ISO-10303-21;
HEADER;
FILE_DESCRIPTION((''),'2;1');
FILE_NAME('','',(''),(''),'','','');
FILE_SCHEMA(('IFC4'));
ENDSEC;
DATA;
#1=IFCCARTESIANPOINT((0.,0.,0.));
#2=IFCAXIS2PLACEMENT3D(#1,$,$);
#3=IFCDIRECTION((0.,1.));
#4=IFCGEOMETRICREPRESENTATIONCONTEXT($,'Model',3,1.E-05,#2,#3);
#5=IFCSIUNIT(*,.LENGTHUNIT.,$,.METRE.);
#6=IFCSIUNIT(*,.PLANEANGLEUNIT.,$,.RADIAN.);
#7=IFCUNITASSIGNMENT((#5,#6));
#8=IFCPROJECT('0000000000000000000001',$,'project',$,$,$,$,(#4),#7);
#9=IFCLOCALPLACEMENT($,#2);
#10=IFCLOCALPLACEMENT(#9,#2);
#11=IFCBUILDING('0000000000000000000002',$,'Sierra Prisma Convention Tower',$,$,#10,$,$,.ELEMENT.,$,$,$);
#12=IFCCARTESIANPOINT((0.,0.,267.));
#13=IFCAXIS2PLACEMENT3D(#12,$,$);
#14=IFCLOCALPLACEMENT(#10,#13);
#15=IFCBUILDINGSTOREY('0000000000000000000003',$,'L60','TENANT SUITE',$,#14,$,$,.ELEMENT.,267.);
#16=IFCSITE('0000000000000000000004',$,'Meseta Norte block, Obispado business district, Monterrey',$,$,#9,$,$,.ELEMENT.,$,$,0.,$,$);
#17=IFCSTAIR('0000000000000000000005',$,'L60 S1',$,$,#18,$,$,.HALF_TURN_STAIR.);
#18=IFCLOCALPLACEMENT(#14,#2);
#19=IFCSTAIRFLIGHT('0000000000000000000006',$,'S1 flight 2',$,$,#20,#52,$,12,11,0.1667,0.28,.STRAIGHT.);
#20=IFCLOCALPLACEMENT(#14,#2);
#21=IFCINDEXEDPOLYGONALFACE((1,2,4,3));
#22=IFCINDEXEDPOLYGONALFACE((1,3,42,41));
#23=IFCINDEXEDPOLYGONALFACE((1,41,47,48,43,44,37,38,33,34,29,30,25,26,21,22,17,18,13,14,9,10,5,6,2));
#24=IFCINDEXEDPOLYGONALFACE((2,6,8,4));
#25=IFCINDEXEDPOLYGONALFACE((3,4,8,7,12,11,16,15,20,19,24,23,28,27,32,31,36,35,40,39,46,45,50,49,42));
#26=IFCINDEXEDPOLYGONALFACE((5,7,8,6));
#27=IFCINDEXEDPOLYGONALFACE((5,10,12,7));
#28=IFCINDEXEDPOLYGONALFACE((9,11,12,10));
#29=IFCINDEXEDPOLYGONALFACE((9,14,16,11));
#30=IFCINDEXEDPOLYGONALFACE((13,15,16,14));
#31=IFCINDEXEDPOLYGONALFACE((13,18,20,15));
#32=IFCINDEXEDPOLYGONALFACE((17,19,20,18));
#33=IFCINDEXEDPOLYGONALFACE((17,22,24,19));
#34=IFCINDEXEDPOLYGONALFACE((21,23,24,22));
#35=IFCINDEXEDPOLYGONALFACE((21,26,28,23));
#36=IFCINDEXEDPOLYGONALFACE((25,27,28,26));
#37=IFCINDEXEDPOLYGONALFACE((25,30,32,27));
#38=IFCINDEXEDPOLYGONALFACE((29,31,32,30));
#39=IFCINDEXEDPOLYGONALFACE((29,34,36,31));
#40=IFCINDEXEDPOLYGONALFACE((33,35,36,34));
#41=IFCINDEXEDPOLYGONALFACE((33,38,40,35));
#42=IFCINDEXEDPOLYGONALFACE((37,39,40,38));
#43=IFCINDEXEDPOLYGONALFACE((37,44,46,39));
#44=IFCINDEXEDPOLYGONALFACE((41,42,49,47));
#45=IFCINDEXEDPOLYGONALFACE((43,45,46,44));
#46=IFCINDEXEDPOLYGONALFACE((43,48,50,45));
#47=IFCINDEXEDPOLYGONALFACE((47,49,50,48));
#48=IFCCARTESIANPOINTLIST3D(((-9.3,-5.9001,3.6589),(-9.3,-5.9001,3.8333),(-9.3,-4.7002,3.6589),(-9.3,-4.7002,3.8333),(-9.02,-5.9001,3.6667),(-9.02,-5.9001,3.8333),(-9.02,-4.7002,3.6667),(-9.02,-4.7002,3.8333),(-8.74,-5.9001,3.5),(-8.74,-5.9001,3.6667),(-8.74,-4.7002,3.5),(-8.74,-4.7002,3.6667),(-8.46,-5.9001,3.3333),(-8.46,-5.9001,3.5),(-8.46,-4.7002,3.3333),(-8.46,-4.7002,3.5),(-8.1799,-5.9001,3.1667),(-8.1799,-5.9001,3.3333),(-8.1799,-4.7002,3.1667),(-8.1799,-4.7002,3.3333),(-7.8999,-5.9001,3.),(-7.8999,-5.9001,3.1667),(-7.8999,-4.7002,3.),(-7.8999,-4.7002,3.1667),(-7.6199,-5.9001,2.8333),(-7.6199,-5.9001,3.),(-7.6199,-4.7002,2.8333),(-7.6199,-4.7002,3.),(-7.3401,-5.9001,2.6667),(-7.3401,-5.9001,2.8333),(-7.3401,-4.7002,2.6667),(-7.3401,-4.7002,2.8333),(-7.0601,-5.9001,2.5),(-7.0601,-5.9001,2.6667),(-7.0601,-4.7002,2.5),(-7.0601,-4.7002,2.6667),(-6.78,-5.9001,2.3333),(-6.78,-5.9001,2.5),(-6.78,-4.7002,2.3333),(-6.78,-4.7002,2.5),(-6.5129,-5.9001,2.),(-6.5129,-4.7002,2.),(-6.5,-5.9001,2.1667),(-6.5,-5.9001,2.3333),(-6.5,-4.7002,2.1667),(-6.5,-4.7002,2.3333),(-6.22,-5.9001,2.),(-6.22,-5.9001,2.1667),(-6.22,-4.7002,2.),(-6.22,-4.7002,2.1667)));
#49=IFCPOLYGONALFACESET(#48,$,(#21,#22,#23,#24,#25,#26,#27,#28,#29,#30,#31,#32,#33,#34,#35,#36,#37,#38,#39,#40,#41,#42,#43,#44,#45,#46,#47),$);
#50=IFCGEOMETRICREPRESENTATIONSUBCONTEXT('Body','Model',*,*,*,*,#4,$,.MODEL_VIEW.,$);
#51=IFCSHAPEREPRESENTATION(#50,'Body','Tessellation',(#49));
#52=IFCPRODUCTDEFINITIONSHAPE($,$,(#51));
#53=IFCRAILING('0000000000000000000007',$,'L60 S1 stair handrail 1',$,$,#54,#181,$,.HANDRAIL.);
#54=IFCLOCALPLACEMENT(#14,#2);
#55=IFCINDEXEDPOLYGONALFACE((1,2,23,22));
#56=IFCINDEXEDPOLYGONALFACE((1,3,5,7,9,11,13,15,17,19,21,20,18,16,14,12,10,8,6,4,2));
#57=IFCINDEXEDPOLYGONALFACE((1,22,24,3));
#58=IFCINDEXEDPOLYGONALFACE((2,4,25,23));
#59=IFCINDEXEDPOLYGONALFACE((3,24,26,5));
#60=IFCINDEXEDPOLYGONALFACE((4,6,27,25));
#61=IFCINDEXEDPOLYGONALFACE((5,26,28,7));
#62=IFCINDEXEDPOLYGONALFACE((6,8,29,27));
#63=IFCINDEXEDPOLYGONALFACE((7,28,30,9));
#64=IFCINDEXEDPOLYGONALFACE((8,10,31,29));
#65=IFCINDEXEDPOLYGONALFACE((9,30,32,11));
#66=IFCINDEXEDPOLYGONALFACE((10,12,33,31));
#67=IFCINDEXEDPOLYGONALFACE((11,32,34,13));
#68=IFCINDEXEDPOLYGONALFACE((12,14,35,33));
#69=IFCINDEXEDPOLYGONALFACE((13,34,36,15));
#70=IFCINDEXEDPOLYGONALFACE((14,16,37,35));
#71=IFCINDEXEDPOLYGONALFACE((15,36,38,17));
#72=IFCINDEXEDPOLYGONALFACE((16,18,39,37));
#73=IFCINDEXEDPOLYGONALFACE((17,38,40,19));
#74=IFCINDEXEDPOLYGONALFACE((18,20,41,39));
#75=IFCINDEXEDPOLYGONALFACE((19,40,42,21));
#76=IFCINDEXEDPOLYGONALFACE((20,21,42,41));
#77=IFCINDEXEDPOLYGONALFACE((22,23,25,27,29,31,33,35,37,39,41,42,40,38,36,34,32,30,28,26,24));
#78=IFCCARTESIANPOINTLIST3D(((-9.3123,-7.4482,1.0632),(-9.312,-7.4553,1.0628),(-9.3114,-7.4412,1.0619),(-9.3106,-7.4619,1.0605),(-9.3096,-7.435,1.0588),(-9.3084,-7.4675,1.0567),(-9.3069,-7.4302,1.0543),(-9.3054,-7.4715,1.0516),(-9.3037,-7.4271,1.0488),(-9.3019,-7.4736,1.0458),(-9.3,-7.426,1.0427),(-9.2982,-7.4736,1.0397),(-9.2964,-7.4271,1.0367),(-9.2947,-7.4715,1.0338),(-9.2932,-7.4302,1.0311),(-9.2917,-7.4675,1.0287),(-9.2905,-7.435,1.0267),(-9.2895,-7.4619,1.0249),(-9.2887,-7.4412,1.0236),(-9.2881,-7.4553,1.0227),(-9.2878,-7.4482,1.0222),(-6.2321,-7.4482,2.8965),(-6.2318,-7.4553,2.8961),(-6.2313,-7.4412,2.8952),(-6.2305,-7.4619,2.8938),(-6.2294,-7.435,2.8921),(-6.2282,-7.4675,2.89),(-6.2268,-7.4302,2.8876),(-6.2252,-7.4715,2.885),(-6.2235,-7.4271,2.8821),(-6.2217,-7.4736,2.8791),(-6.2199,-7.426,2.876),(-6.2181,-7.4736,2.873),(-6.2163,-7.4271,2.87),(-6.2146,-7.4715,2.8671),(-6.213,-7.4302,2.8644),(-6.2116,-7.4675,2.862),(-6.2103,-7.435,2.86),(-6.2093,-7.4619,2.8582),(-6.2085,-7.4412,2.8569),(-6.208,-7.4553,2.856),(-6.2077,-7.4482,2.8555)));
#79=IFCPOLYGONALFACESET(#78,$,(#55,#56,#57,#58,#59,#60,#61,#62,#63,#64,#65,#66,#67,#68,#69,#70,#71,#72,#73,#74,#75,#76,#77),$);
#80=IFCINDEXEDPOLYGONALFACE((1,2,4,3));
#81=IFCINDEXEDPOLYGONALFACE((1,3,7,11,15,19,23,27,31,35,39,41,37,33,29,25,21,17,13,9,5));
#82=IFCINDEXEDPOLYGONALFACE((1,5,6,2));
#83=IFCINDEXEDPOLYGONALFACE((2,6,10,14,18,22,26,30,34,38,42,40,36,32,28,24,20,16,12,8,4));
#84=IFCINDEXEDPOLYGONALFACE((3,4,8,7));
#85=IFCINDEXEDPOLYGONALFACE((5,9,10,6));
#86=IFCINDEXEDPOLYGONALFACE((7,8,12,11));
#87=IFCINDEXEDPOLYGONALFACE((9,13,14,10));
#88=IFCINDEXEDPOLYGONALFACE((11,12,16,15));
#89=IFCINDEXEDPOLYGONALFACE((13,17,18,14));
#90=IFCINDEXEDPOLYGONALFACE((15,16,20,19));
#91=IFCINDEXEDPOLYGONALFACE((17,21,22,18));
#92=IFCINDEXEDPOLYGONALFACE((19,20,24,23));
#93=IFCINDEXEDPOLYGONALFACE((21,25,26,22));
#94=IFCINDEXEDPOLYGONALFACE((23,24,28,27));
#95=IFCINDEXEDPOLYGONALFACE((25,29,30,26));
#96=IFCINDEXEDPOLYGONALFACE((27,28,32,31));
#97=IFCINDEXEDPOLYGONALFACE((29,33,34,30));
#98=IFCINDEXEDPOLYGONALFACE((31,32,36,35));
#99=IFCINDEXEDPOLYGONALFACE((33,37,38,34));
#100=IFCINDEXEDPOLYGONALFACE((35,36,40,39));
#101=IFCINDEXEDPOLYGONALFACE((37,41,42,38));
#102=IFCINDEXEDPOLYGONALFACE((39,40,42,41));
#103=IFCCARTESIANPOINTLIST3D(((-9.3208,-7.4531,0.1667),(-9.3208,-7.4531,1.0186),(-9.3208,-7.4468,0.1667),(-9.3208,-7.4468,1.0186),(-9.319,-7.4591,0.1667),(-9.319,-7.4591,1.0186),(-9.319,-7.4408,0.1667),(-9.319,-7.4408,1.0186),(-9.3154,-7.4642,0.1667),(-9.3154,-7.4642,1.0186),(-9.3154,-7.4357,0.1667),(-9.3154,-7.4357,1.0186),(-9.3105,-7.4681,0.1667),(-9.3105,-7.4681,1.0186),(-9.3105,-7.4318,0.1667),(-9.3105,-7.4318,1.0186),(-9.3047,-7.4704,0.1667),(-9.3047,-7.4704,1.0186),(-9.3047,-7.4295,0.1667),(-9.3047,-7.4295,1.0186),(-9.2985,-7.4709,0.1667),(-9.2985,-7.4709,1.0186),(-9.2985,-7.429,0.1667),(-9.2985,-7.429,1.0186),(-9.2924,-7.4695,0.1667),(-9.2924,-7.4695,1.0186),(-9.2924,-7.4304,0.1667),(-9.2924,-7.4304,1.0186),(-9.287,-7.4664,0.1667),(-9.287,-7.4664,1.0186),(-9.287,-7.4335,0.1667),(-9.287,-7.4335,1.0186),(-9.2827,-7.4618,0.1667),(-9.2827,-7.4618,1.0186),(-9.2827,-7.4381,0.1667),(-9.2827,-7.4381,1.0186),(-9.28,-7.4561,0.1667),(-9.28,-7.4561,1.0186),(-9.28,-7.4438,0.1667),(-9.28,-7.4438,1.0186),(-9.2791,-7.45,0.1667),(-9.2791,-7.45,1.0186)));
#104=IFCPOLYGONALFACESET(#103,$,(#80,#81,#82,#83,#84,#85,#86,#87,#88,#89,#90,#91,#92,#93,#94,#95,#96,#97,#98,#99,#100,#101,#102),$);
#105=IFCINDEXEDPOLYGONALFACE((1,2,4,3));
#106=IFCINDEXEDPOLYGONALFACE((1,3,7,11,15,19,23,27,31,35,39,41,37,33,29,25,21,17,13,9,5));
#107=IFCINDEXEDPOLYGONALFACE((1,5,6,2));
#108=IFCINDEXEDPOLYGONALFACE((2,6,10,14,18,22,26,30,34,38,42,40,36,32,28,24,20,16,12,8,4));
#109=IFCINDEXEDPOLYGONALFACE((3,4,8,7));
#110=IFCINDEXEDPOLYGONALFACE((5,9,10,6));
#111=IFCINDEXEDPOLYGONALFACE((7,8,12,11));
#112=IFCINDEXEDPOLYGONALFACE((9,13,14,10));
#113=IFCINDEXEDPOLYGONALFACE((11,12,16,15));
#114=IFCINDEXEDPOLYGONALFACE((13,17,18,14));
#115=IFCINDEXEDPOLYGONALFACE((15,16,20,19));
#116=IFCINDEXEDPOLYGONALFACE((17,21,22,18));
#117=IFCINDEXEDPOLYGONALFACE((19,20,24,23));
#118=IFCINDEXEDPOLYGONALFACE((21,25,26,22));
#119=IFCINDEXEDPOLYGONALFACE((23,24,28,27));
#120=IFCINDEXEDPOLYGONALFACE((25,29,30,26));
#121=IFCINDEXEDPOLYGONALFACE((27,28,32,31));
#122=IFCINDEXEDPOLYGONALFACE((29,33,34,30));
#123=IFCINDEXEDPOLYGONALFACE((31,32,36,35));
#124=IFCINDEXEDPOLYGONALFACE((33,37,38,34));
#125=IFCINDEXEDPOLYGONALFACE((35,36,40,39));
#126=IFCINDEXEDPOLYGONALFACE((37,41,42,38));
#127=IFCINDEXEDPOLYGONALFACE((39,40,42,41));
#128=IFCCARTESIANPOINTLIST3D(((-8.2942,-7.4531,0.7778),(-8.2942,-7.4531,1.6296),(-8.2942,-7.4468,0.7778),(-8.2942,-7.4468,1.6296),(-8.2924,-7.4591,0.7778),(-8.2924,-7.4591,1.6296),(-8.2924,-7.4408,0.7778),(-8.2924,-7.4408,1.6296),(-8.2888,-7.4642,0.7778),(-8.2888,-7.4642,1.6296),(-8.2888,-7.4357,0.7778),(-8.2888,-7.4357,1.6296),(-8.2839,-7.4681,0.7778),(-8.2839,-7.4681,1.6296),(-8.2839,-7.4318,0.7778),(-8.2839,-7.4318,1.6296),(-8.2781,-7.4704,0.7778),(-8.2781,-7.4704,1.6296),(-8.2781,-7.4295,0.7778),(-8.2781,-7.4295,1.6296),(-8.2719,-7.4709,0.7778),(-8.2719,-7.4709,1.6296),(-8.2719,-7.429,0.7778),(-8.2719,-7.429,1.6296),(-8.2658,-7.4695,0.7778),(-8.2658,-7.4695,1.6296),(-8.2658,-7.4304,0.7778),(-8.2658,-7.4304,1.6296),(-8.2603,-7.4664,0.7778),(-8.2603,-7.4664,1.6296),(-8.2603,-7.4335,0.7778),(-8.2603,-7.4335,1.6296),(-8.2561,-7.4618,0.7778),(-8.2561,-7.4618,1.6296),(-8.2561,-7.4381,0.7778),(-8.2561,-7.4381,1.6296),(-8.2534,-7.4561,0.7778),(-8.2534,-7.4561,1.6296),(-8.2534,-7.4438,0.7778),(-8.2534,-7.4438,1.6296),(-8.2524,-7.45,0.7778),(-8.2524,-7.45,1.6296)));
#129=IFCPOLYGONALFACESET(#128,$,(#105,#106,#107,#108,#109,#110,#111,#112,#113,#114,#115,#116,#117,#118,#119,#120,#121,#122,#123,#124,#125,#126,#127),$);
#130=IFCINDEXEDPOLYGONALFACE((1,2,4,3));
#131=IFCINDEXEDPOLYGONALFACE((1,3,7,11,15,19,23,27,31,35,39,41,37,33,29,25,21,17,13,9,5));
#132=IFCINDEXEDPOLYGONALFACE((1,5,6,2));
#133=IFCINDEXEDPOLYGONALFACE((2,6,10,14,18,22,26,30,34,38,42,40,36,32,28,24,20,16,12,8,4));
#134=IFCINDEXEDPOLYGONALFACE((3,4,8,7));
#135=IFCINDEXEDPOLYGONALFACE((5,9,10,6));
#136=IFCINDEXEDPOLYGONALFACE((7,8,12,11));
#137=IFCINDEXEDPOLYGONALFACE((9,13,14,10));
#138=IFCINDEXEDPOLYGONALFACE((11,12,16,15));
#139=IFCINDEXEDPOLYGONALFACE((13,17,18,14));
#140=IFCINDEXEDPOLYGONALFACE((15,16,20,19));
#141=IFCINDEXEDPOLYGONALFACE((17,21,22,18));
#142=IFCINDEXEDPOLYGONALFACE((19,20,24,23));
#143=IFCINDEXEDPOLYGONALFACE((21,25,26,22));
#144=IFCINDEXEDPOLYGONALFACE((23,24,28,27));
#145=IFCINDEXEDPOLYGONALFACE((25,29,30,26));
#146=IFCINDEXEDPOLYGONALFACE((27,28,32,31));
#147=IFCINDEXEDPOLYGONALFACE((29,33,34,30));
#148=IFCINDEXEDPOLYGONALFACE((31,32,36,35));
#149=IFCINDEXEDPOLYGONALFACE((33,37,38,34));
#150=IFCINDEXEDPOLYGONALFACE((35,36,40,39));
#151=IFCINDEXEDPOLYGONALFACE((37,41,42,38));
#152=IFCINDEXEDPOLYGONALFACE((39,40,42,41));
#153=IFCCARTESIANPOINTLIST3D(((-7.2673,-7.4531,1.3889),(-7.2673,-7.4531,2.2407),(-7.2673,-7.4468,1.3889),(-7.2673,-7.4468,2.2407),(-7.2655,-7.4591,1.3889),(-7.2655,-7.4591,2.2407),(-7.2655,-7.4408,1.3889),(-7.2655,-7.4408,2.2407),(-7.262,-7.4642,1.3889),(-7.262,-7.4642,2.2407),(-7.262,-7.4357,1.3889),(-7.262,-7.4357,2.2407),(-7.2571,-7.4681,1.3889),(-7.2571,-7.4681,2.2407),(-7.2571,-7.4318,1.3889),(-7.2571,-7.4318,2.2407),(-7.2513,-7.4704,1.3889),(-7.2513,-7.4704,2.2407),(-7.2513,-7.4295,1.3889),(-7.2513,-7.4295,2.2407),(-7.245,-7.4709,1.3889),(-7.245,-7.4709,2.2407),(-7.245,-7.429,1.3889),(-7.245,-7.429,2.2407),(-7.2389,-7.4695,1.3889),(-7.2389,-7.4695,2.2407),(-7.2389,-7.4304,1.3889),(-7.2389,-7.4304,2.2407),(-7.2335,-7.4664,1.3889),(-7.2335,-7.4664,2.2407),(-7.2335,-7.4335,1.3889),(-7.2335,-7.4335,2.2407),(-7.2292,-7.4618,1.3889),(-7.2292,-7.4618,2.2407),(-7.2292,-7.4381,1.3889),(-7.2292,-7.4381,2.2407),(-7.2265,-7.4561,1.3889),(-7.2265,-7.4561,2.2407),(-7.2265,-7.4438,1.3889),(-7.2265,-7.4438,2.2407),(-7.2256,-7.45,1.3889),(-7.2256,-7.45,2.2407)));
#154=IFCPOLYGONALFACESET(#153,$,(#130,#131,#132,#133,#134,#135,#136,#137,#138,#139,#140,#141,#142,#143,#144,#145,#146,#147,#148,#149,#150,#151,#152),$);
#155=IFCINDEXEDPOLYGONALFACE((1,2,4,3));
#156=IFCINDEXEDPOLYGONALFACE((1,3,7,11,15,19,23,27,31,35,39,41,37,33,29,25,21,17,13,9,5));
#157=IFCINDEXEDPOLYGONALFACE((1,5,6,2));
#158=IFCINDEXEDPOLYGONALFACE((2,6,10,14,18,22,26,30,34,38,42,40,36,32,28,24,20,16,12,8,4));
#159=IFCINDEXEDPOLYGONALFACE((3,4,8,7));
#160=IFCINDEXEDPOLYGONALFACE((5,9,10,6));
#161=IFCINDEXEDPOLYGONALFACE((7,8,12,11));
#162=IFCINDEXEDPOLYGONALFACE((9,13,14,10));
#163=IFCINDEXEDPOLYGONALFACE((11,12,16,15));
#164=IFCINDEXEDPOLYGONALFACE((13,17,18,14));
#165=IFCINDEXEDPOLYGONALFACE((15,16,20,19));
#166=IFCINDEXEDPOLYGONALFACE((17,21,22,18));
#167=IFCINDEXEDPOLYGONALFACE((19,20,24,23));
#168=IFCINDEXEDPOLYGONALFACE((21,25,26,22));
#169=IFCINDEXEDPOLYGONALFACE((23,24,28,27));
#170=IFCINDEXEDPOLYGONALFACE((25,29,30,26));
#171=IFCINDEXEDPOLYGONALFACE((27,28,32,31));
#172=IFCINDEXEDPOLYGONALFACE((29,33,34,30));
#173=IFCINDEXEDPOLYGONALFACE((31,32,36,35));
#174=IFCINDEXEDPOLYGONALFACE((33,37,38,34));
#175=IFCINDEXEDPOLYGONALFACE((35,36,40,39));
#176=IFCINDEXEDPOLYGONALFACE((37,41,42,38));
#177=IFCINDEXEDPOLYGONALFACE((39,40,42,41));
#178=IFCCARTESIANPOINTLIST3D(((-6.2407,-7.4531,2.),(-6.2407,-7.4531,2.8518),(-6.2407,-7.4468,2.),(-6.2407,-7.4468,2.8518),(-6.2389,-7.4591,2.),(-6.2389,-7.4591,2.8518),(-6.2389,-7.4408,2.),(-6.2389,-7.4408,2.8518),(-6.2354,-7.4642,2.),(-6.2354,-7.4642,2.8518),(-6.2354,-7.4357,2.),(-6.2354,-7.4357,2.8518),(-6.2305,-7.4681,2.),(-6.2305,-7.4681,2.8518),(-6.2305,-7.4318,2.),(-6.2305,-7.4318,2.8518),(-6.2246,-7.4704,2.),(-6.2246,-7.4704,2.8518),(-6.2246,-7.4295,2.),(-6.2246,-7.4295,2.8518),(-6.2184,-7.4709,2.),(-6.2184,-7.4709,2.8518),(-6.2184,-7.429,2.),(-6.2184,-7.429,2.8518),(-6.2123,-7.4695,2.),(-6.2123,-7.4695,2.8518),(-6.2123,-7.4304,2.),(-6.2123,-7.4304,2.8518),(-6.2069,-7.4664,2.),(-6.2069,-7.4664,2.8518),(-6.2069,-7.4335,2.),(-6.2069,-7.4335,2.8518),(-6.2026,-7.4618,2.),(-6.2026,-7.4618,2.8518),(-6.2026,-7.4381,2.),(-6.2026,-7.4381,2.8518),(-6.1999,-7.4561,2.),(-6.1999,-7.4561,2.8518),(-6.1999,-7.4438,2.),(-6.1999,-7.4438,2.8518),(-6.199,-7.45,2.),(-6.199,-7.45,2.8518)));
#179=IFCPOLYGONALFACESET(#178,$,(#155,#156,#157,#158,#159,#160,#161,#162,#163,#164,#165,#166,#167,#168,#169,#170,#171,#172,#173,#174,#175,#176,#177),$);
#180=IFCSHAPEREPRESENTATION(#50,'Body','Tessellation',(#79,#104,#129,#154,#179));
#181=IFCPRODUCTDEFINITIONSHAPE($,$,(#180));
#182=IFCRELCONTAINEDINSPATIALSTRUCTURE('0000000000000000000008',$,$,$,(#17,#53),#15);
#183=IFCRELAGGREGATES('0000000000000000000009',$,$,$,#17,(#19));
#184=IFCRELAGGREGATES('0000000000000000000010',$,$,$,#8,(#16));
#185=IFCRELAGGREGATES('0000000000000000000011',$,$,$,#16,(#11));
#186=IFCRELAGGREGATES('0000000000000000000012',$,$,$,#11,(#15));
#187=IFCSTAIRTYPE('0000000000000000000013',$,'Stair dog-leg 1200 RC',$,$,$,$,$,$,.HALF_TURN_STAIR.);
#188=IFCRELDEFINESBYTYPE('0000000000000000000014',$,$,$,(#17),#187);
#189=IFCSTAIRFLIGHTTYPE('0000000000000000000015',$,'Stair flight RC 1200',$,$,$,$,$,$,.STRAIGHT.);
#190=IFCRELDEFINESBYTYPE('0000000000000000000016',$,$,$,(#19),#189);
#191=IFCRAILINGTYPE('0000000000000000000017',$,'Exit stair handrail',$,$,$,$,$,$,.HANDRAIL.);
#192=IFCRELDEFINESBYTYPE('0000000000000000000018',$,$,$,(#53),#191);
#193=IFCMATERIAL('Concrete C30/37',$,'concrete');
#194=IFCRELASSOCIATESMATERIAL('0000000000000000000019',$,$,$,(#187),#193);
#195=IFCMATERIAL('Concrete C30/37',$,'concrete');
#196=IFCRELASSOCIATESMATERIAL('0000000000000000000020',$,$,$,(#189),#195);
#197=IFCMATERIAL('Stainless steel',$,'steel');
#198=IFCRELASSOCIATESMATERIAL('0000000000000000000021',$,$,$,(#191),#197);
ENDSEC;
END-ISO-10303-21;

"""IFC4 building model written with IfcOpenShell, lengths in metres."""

from ifc_helpers import new_model, si_unit, direction, frame, origin, origin_2d, place, context, subcontext, project, spatial, polyline, circle, outline, extrude, material, type_object, element, aggregate, save


model = new_model("IFC4")

# Units and contexts
model_context = context("Model", 3, precision=1e-05, world=origin(), true_north=direction((0.0, 1.0)))
body_context = subcontext(model_context, "Body", "Model", "MODEL_VIEW")
ifc_project = project(units=[si_unit("LENGTHUNIT", "METRE"), si_unit("PLANEANGLEUNIT", "RADIAN")], contexts=[model_context])

# Site, building, storey
site_placement = place(None, origin())
site = spatial("IfcSite", under=ifc_project, at=site_placement, Name="Meseta Norte block, Obispado business district, Monterrey", CompositionType="ELEMENT", RefElevation=0.0)
building_placement = place(site_placement, origin())
building = spatial("IfcBuilding", under=site, at=building_placement, Name="Sierra Prisma Convention Tower", CompositionType="ELEMENT")
storey_placement = place(building_placement, frame((0.0, 0.0, 267.0)))
storey = spatial("IfcBuildingStorey", under=building, at=storey_placement, Name="L60", Description="TENANT SUITE", CompositionType="ELEMENT", Elevation=267.0)

# Stair, stair flight
ifc_material_1 = material(Name="Concrete C30/37", Category="concrete")
stair_type = type_object("IfcStairType", Name="Stair dog-leg 1200 RC", PredefinedType="HALF_TURN_STAIR", material=ifc_material_1)
stair_placement = place(storey_placement, origin())
stair = element("IfcStair", 1, at=stair_placement, inside=storey, type_object=stair_type, Name="L60 S1", PredefinedType="HALF_TURN_STAIR")
ifc_material_2 = material(Name="Concrete C30/37", Category="concrete")
stair_flight_type = type_object("IfcStairFlightType", Name="Stair flight RC 1200", PredefinedType="STRAIGHT", material=ifc_material_2)
stair_flight_1_placement = place(storey_placement, frame((-6.22, -5.3, 2.0), z_axis=(0.0, 0.0, 1.0), x_axis=(-1.0, 0.0, 0.0)))
stair_flight_1 = element("IfcStairFlight", 2, at=stair_flight_1_placement, type_object=stair_flight_type, Name="S1 flight 2", NumberOfRisers=12, NumberOfTreads=11, PredefinedType="STRAIGHT", RiserHeight=0.1667, TreadLength=0.28, context=body_context, shape_type="SweptSolid", body=[
    extrude(outline(polyline([(0.0, 0.0), (0.0, 0.1667), (0.28, 0.1667), (0.28, 0.3333), (0.5601, 0.3333), (0.5601, 0.5), (0.8401, 0.5), (0.8401, 0.6667), (1.1201, 0.6667), (1.1201, 0.8333), (1.3999, 0.8333), (1.3999, 1.0), (1.6799, 1.0), (1.6799, 1.1667), (1.96, 1.1667), (1.96, 1.3333), (2.24, 1.3333), (2.24, 1.5), (2.52, 1.5), (2.52, 1.6667), (2.8, 1.6667), (2.8, 1.8333), (3.0801, 1.8333), (3.0801, 2.0), (3.0801, 1.6589), (0.293, 0.0), (0.0, 0.0)])), frame((0.0, 0.6001, 0.0), z_axis=(0.0, -1.0, 0.0), x_axis=(1.0, 0.0, 0.0)), (0.0, 0.0, 1.0), 1.2),
])
aggregate(stair, [stair_flight_1])

# Railing
ifc_material_3 = material(Name="Stainless steel", Category="steel")
railing_type_1 = type_object("IfcRailingType", Name="Exit stair handrail", PredefinedType="HANDRAIL", material=ifc_material_3)
railing_1_placement = place(storey_placement, frame((-9.3, -7.45, 0.1667)))
element("IfcRailing", 3, at=railing_1_placement, inside=storey, type_object=railing_type_1, Name="L60 S1 stair handrail 1", PredefinedType="HANDRAIL", context=body_context, shape_type="SweptSolid", body=[
    extrude(circle(Radius=0.0239, at=origin_2d()), frame((0.0, 0.0, 0.876), z_axis=(0.859309, 0.0, 0.511458), x_axis=(0.0, 1.0, 0.0)), (0.0, 0.0, 1.0), 3.5845),
    extrude(circle(Radius=0.021, at=origin_2d()), origin(), (0.0, 0.0, 1.0), 0.8518),
    extrude(circle(Radius=0.021, at=origin_2d()), frame((1.0266, 0.0, 0.6111)), (0.0, 0.0, 1.0), 0.8518),
    extrude(circle(Radius=0.021, at=origin_2d()), frame((2.0535, 0.0, 1.2222)), (0.0, 0.0, 1.0), 0.8518),
    extrude(circle(Radius=0.021, at=origin_2d()), frame((3.0801, 0.0, 1.8333)), (0.0, 0.0, 1.0), 0.8518),
])

save(model, "model.ifc")
